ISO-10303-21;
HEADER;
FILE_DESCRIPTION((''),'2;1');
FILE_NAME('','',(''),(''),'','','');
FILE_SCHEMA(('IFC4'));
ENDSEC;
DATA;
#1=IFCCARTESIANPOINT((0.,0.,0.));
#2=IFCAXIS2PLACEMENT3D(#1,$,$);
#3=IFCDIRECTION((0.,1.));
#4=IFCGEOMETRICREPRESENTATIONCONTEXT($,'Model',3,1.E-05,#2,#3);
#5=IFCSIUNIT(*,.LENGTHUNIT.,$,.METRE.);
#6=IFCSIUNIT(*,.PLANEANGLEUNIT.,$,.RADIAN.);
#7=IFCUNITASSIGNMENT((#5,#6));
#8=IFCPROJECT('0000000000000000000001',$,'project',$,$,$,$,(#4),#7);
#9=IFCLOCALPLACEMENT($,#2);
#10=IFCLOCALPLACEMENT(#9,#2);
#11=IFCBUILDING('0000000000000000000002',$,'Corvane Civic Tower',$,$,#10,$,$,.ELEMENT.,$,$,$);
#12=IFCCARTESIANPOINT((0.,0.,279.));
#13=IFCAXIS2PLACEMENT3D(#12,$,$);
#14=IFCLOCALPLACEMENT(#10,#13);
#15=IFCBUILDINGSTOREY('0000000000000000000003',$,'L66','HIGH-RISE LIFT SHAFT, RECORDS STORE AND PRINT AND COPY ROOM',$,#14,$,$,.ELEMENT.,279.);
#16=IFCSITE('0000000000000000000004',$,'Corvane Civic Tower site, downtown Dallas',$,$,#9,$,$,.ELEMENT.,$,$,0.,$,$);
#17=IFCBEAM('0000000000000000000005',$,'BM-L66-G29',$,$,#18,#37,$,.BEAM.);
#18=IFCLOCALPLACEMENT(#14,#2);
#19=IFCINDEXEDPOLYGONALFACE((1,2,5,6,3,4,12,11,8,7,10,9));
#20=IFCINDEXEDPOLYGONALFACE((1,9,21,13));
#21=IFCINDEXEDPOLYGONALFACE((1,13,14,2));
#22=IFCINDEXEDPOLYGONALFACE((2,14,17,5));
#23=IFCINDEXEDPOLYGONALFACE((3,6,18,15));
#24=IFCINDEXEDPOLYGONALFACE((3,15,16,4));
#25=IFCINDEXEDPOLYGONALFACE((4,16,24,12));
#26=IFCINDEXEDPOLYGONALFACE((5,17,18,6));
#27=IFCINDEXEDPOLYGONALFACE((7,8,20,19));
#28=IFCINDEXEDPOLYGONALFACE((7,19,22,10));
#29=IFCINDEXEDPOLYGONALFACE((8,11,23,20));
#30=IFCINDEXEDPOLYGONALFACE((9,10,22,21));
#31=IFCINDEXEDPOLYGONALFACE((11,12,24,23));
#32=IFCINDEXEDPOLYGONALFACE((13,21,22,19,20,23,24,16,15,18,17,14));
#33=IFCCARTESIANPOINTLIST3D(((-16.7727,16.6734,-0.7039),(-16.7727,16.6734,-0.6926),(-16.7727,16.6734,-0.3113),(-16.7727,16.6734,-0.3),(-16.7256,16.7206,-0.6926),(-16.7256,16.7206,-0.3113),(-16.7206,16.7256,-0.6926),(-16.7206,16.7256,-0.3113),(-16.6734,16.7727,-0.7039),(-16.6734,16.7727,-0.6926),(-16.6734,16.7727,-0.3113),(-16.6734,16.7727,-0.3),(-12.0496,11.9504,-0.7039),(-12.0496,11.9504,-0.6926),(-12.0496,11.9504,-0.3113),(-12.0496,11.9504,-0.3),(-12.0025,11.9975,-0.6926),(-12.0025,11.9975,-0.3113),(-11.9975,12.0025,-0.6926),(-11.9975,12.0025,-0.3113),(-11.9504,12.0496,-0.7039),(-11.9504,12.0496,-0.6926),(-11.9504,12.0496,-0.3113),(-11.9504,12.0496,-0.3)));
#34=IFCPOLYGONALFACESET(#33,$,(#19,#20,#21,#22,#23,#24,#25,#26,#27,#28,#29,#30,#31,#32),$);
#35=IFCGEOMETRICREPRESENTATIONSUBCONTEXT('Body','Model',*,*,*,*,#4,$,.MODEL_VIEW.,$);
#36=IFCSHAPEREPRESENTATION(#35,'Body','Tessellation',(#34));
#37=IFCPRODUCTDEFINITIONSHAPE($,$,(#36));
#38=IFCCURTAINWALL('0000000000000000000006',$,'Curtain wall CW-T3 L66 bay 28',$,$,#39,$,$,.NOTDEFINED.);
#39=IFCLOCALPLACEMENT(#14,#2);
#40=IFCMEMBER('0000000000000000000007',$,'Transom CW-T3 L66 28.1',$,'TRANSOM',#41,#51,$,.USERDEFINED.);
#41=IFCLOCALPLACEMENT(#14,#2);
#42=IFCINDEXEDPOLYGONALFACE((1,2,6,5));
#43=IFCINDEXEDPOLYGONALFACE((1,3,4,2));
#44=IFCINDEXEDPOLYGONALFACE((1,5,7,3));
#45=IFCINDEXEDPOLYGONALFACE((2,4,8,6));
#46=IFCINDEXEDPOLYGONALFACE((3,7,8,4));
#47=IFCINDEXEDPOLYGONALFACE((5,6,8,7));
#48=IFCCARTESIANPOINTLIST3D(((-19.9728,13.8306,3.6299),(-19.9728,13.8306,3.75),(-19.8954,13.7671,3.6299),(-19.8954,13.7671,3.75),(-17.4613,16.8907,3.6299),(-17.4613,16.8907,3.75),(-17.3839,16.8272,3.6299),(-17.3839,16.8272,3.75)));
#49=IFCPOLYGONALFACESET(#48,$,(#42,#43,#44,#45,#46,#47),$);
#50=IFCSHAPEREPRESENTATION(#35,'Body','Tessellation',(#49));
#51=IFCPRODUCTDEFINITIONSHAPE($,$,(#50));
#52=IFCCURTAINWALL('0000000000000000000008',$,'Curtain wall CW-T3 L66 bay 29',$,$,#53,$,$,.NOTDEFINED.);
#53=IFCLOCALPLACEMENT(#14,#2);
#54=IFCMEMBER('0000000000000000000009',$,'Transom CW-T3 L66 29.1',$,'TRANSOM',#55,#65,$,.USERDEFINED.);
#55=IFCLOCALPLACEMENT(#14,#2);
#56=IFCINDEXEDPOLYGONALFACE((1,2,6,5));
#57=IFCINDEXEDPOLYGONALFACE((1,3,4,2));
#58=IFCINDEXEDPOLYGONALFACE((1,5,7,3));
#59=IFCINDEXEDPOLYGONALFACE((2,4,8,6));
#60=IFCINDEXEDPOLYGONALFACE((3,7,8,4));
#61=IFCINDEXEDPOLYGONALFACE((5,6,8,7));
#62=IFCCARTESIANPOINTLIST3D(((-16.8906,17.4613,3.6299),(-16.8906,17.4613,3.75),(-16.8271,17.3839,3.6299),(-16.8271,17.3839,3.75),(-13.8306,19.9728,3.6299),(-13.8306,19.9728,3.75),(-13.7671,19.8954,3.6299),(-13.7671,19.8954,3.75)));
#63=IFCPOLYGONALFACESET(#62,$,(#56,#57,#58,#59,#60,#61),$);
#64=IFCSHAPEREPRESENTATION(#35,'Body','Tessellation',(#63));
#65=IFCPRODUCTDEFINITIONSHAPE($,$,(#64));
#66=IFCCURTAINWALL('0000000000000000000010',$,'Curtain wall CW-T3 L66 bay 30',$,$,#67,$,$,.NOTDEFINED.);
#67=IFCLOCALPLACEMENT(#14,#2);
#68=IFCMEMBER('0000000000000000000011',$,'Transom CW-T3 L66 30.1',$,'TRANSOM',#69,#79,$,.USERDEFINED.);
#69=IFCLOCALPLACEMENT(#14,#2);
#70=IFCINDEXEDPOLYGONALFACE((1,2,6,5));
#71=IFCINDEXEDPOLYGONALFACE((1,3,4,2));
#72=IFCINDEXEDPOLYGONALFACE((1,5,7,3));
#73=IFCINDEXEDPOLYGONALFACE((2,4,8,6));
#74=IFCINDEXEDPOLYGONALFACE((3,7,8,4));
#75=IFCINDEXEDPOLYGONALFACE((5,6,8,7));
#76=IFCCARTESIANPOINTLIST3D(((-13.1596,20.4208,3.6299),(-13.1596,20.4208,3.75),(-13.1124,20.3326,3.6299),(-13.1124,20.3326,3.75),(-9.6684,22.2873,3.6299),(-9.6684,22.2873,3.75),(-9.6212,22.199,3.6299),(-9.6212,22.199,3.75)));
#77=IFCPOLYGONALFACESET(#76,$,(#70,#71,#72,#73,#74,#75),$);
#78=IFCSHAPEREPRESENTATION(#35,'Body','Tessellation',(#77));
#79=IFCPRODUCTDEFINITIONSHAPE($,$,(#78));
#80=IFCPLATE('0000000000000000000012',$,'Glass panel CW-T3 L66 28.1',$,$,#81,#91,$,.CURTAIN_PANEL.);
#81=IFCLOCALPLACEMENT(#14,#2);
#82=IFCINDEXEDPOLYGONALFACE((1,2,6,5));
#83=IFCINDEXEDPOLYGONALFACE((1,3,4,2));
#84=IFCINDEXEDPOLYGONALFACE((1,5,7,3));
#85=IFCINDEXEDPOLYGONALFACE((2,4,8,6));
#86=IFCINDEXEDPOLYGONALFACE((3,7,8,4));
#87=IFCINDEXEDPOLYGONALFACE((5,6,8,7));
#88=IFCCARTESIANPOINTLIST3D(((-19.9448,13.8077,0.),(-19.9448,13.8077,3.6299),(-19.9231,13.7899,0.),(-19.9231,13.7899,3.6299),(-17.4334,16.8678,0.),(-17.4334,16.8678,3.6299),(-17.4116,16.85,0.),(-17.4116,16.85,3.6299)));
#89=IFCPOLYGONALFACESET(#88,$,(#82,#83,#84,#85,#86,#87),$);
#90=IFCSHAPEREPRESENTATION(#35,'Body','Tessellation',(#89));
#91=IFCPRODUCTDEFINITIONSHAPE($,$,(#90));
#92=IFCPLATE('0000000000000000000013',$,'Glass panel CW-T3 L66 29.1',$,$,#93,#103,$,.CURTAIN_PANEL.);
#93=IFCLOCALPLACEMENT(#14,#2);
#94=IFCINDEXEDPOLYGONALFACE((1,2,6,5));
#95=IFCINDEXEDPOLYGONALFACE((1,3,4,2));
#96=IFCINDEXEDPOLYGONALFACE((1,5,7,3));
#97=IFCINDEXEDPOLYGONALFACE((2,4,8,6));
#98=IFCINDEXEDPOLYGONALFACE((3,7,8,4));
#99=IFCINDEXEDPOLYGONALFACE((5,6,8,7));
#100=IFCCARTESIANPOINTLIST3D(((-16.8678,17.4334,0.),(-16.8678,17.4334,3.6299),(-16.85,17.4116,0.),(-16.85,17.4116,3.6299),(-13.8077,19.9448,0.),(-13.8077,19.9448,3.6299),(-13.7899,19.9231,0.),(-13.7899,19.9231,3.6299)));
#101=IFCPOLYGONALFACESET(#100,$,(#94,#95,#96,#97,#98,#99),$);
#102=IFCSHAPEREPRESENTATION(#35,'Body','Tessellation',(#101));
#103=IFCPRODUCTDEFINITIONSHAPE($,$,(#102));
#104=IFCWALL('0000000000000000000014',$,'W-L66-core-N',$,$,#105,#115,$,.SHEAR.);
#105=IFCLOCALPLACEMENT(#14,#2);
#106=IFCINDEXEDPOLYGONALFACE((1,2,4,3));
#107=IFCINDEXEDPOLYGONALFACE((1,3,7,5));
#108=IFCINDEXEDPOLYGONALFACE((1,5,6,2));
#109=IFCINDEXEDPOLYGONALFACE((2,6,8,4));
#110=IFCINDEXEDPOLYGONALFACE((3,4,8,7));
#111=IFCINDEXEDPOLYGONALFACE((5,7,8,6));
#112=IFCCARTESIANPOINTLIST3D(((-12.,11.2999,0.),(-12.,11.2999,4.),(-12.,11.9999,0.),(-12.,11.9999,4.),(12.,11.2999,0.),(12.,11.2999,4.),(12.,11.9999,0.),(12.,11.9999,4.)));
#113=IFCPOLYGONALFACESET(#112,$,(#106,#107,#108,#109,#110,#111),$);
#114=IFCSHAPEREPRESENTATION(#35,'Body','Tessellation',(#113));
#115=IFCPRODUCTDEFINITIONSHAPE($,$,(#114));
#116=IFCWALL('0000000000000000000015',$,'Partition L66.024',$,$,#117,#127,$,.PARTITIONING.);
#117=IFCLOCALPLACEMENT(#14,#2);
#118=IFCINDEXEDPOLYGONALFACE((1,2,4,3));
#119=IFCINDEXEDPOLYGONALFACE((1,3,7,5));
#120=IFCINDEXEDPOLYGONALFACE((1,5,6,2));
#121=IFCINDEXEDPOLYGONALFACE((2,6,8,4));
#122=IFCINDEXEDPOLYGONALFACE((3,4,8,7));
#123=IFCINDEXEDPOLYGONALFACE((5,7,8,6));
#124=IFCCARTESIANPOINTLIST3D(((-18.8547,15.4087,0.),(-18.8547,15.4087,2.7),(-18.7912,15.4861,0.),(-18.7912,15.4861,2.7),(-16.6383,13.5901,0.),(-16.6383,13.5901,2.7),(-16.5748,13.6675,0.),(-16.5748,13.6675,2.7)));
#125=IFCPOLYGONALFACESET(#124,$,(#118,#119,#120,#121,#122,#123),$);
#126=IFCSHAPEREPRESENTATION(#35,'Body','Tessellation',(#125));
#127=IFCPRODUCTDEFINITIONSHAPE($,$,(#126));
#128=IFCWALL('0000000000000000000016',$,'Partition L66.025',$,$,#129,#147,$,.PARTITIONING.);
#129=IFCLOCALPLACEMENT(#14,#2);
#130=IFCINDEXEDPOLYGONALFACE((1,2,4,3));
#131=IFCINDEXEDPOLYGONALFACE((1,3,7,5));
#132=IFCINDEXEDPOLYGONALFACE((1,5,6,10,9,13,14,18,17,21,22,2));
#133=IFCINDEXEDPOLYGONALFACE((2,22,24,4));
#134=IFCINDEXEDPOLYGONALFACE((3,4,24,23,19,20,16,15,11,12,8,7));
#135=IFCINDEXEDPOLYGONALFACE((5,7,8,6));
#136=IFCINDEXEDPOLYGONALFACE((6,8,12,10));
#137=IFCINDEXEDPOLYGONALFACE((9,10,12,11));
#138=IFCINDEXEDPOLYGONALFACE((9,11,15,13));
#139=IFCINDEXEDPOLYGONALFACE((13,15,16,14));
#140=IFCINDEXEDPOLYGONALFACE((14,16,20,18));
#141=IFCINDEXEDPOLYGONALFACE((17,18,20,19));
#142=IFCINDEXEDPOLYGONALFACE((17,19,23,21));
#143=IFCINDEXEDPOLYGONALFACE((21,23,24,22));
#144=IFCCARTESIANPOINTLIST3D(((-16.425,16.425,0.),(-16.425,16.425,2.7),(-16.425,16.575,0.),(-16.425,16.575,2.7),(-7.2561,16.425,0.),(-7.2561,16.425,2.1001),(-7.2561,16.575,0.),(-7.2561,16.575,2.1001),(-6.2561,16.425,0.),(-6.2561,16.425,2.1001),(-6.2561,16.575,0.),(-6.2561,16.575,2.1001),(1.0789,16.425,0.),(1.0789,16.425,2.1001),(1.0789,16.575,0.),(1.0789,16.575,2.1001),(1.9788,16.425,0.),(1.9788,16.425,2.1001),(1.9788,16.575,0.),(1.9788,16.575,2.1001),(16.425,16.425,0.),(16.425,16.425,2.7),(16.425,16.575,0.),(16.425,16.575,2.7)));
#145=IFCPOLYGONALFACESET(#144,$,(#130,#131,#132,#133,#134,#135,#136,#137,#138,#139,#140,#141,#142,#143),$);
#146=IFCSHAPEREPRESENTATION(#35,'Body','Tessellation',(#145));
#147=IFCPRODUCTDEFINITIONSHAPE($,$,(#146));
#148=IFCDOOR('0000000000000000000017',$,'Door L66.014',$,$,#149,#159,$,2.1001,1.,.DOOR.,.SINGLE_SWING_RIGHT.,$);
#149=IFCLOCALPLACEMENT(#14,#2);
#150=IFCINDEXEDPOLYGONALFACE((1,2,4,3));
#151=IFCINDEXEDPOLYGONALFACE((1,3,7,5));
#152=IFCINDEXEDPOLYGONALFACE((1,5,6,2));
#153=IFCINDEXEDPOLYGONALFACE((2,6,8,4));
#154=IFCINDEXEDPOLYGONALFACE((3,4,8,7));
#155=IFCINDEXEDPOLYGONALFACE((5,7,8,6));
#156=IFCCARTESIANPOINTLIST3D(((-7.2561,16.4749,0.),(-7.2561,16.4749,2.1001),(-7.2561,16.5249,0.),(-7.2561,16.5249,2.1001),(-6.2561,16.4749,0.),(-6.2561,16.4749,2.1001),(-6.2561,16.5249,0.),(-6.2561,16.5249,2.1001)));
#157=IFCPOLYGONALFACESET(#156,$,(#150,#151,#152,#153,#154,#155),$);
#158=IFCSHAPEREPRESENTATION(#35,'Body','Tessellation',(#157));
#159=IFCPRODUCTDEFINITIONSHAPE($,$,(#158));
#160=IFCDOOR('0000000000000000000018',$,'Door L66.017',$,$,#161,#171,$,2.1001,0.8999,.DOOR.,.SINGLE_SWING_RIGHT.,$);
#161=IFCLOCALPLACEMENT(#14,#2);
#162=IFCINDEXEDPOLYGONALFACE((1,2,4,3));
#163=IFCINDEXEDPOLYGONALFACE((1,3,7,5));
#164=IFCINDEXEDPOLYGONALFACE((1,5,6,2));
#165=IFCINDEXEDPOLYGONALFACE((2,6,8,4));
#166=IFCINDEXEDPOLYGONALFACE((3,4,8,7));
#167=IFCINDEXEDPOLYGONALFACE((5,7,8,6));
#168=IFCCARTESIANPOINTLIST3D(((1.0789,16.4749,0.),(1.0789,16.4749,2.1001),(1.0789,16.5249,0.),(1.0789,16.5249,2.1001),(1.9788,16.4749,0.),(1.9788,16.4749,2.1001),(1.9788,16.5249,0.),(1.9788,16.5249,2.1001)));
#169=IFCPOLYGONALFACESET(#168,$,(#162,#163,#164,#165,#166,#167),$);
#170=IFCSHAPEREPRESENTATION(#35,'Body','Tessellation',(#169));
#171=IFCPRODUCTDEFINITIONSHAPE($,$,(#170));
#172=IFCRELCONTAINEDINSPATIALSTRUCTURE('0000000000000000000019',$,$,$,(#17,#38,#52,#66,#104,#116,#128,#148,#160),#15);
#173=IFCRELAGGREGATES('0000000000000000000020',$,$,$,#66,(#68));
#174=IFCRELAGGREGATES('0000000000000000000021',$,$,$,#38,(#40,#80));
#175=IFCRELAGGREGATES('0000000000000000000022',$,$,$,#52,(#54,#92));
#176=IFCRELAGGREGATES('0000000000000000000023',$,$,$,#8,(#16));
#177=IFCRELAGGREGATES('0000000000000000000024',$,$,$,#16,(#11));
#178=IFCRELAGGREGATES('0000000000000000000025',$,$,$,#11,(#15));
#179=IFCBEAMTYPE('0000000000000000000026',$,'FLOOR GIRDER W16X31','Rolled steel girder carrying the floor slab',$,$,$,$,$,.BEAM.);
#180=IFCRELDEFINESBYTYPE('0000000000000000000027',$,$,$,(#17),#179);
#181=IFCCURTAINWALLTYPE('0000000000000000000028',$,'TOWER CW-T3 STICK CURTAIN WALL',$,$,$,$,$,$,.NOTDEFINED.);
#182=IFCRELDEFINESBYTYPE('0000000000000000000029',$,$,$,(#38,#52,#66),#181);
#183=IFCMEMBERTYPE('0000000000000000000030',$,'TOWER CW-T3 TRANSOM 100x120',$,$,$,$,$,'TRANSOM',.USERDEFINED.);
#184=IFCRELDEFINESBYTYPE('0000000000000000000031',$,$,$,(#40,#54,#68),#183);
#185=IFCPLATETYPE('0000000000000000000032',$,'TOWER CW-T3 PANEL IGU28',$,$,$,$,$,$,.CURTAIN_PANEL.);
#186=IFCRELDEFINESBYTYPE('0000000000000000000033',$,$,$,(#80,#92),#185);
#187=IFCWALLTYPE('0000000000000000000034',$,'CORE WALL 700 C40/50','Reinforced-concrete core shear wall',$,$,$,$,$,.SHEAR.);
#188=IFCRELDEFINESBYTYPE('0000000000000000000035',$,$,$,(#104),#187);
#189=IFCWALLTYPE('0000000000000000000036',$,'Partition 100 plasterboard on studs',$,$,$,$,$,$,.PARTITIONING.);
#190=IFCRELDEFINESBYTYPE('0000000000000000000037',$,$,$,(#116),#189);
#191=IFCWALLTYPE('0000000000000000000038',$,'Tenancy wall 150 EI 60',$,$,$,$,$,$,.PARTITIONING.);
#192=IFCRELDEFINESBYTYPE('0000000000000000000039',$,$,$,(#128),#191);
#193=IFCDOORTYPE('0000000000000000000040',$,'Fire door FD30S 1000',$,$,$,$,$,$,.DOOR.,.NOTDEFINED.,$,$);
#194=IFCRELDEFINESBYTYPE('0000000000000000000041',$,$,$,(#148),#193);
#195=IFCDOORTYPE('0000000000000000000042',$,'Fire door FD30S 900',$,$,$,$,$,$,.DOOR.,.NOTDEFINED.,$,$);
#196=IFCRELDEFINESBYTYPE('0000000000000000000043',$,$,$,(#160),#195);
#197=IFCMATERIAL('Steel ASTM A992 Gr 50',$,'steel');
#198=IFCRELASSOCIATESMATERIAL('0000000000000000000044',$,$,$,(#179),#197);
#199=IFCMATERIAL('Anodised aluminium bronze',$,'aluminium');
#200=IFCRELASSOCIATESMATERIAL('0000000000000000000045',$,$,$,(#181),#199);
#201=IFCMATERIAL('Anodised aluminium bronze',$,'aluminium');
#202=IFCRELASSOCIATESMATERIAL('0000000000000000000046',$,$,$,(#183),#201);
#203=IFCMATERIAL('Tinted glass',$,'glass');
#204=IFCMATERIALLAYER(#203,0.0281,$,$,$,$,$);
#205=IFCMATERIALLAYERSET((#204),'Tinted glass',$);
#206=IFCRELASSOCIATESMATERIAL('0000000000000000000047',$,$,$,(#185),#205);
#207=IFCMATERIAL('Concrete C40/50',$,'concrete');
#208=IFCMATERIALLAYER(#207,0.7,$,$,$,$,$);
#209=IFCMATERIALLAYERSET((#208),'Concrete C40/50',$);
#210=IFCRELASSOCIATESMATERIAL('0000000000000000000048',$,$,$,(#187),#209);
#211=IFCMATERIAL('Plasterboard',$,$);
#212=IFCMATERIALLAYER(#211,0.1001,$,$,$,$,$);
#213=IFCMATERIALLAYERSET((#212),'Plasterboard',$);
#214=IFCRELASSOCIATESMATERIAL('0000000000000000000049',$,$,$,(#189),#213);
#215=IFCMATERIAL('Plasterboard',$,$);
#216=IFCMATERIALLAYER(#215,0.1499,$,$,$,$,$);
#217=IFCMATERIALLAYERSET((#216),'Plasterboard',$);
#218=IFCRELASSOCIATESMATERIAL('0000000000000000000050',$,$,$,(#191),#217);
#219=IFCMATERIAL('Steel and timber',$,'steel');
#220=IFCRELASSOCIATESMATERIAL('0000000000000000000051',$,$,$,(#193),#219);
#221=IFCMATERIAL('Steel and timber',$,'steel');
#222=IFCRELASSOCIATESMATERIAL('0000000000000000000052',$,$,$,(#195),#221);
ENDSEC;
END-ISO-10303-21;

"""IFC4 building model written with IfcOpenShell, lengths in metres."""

from ifc_helpers import new_model, si_unit, direction, frame, frame_2d, origin, origin_2d, place, context, subcontext, project, spatial, rectangle, i_section, extrude, material, layer, layer_set, material_profile, profile_set, type_object, element, fill, aggregate, save


model = new_model("IFC4")

# Units and contexts
model_context = context("Model", 3, precision=1e-05, world=origin(), true_north=direction((0.0, 1.0)))
body_context = subcontext(model_context, "Body", "Model", "MODEL_VIEW")
ifc_project = project(units=[si_unit("LENGTHUNIT", "METRE"), si_unit("PLANEANGLEUNIT", "RADIAN")], contexts=[model_context])

# Site, building, storey
site_placement = place(None, origin())
site = spatial("IfcSite", under=ifc_project, at=site_placement, Name="Corvane Civic Tower site, downtown Dallas", CompositionType="ELEMENT", RefElevation=0.0)
building_placement = place(site_placement, origin())
building = spatial("IfcBuilding", under=site, at=building_placement, Name="Corvane Civic Tower", CompositionType="ELEMENT")
storey_placement = place(building_placement, frame((0.0, 0.0, 279.0)))
storey = spatial("IfcBuildingStorey", under=building, at=storey_placement, Name="L66", Description="HIGH-RISE LIFT SHAFT, RECORDS STORE AND PRINT AND COPY ROOM", CompositionType="ELEMENT", Elevation=279.0)

# Beam
ifc_material_1 = material(Name="Steel ASTM A992 Gr 50", Category="steel")
ifc_material_profile_1 = material_profile(ifc_material_1, i_section(OverallWidth=0.1404, OverallDepth=0.4038, WebThickness=0.0071, FlangeThickness=0.0112, at=origin_2d()), Name="W16X31")
ifc_profile_set_1 = profile_set([ifc_material_profile_1], Name="Steel ASTM A992 Gr 50")
beam_type_1 = type_object("IfcBeamType", Name="FLOOR GIRDER W16X31", Description="Rolled steel girder carrying the floor slab", PredefinedType="BEAM", material=ifc_profile_set_1)
beam_1_placement = place(storey_placement, frame((-12.0, 12.0, -0.502), z_axis=(-0.707107, 0.707107, 0.0), x_axis=(-0.707107, -0.707107, 0.0)))
element("IfcBeam", 1, at=beam_1_placement, inside=storey, type_object=beam_type_1, Name="BM-L66-G29", PredefinedType="BEAM", context=body_context, shape_type="SweptSolid", body=[
    extrude(i_section(OverallWidth=0.1404, OverallDepth=0.4038, WebThickness=0.0071, FlangeThickness=0.0112, at=origin_2d()), origin(), (0.0, 0.0, 1.0), 6.6794),
])

# Curtain walls, members
ifc_material_2 = material(Name="Anodised aluminium bronze", Category="aluminium")
curtain_wall_type = type_object("IfcCurtainWallType", Name="TOWER CW-T3 STICK CURTAIN WALL", PredefinedType="NOTDEFINED", material=ifc_material_2)
curtain_wall_1_placement = place(storey_placement, origin())
curtain_wall_1 = element("IfcCurtainWall", 2, at=curtain_wall_1_placement, inside=storey, type_object=curtain_wall_type, Name="Curtain wall CW-T3 L66 bay 28", PredefinedType="NOTDEFINED")
ifc_material_3 = material(Name="Anodised aluminium bronze", Category="aluminium")
ifc_material_profile_2 = material_profile(ifc_material_3, rectangle(XDim=0.1001, YDim=0.1201, at=origin_2d()), Name="TOWER CW-T3 TRANSOM 100x120")
ifc_profile_set_2 = profile_set([ifc_material_profile_2], Name="Anodised aluminium bronze")
member_type = type_object("IfcMemberType", Name="TOWER CW-T3 TRANSOM 100x120", ElementType="TRANSOM", PredefinedType="USERDEFINED", material=ifc_profile_set_2)
member_1_placement = place(storey_placement, frame((-19.9341, 13.7988, 3.6899), z_axis=(0.634416, 0.772992, 0.0), x_axis=(-0.772992, 0.634416, 0.0)))
member_1 = element("IfcMember", 3, at=member_1_placement, type_object=member_type, Name="Transom CW-T3 L66 28.1", ObjectType="TRANSOM", PredefinedType="USERDEFINED", context=body_context, shape_type="SweptSolid", body=[
    extrude(rectangle(XDim=0.1001, YDim=0.1201, at=origin_2d()), origin(), (0.0, 0.0, 1.0), 3.9587),
])
curtain_wall_2_placement = place(storey_placement, origin())
curtain_wall_2 = element("IfcCurtainWall", 4, at=curtain_wall_2_placement, inside=storey, type_object=curtain_wall_type, Name="Curtain wall CW-T3 L66 bay 29", PredefinedType="NOTDEFINED")
member_2_placement = place(storey_placement, frame((-16.8589, 17.4226, 3.6899), z_axis=(0.772992, 0.634416, 0.0), x_axis=(-0.634416, 0.772992, 0.0)))
member_2 = element("IfcMember", 5, at=member_2_placement, type_object=member_type, Name="Transom CW-T3 L66 29.1", ObjectType="TRANSOM", PredefinedType="USERDEFINED", context=body_context, shape_type="SweptSolid", body=[
    extrude(rectangle(XDim=0.1001, YDim=0.1201, at=origin_2d()), origin(), (0.0, 0.0, 1.0), 3.9587),
])
curtain_wall_3_placement = place(storey_placement, origin())
curtain_wall_3 = element("IfcCurtainWall", 6, at=curtain_wall_3_placement, inside=storey, type_object=curtain_wall_type, Name="Curtain wall CW-T3 L66 bay 30", PredefinedType="NOTDEFINED")
member_3_placement = place(storey_placement, frame((-13.136, 20.3767, 3.6899), z_axis=(0.881883, 0.471468, 0.0), x_axis=(-0.471468, 0.881883, 0.0)))
member_3 = element("IfcMember", 7, at=member_3_placement, type_object=member_type, Name="Transom CW-T3 L66 30.1", ObjectType="TRANSOM", PredefinedType="USERDEFINED", context=body_context, shape_type="SweptSolid", body=[
    extrude(rectangle(XDim=0.1001, YDim=0.1201, at=origin_2d()), origin(), (0.0, 0.0, 1.0), 3.9587),
])
aggregate(curtain_wall_3, [member_3])

# Plates
ifc_material_4 = material(Name="Tinted glass", Category="glass")
ifc_layer_1 = layer(ifc_material_4, 0.0281)
ifc_layer_set_1 = layer_set([ifc_layer_1], Name="Tinted glass")
plate_type = type_object("IfcPlateType", Name="TOWER CW-T3 PANEL IGU28", PredefinedType="CURTAIN_PANEL", material=ifc_layer_set_1)
plate_1_placement = place(storey_placement, frame((-18.6782, 15.3289, 0.0), z_axis=(0.0, 0.0, 1.0), x_axis=(0.634405, 0.773001, 0.0)))
plate_1 = element("IfcPlate", 8, at=plate_1_placement, type_object=plate_type, Name="Glass panel CW-T3 L66 28.1", PredefinedType="CURTAIN_PANEL", context=body_context, shape_type="SweptSolid", body=[
    extrude(rectangle(XDim=3.9587, YDim=0.0281, at=origin_2d()), origin(), (0.0, 0.0, 1.0), 3.6299),
])
aggregate(curtain_wall_1, [member_1, plate_1])
plate_2_placement = place(storey_placement, frame((-15.3289, 18.6782, 0.0), z_axis=(0.0, 0.0, 1.0), x_axis=(0.773001, 0.634405, 0.0)))
plate_2 = element("IfcPlate", 9, at=plate_2_placement, type_object=plate_type, Name="Glass panel CW-T3 L66 29.1", PredefinedType="CURTAIN_PANEL", context=body_context, shape_type="SweptSolid", body=[
    extrude(rectangle(XDim=3.9587, YDim=0.0281, at=origin_2d()), origin(), (0.0, 0.0, 1.0), 3.6299),
])
aggregate(curtain_wall_2, [member_2, plate_2])

# Walls
ifc_material_5 = material(Name="Concrete C40/50", Category="concrete")
ifc_layer_2 = layer(ifc_material_5, 0.7)
ifc_layer_set_2 = layer_set([ifc_layer_2], Name="Concrete C40/50")
wall_type_1 = type_object("IfcWallType", Name="CORE WALL 700 C40/50", Description="Reinforced-concrete core shear wall", PredefinedType="SHEAR", material=ifc_layer_set_2)
wall_1_placement = place(storey_placement, frame((-12.0, 11.6499, 0.0), z_axis=(0.0, 0.0, 1.0), x_axis=(1.0, 0.0, 0.0)))
element("IfcWall", 10, at=wall_1_placement, inside=storey, type_object=wall_type_1, Name="W-L66-core-N", PredefinedType="SHEAR", context=body_context, shape_type="SweptSolid", body=[
    extrude(rectangle(XDim=24.0, YDim=0.7, at=frame_2d((12.0, 0.0))), origin(), (0.0, 0.0, 1.0), 4.0),
])
ifc_material_6 = material(Name="Plasterboard")
ifc_layer_3 = layer(ifc_material_6, 0.1001)
ifc_layer_set_3 = layer_set([ifc_layer_3], Name="Plasterboard")
wall_type_2 = type_object("IfcWallType", Name="Partition 100 plasterboard on studs", PredefinedType="PARTITIONING", material=ifc_layer_set_3)
wall_2_placement = place(storey_placement, frame((-18.823, 15.4475, 0.0), z_axis=(0.0, 0.0, 1.0), x_axis=(0.773057, -0.634336, 0.0)))
element("IfcWall", 11, at=wall_2_placement, inside=storey, type_object=wall_type_2, Name="Partition L66.024", PredefinedType="PARTITIONING", context=body_context, shape_type="SweptSolid", body=[
    extrude(rectangle(XDim=2.8669, YDim=0.1001, at=frame_2d((1.4336, 0.0))), origin(), (0.0, 0.0, 1.0), 2.7),
])

# Wall, openings, doors
ifc_material_7 = material(Name="Plasterboard")
ifc_layer_4 = layer(ifc_material_7, 0.1499)
ifc_layer_set_4 = layer_set([ifc_layer_4], Name="Plasterboard")
wall_type_3 = type_object("IfcWallType", Name="Tenancy wall 150 EI 60", PredefinedType="PARTITIONING", material=ifc_layer_set_4)
wall_3_placement = place(storey_placement, frame((-16.425, 16.5, 0.0), z_axis=(0.0, 0.0, 1.0), x_axis=(1.0, 0.0, 0.0)))
wall_3 = element("IfcWall", 12, at=wall_3_placement, inside=storey, type_object=wall_type_3, Name="Partition L66.025", PredefinedType="PARTITIONING", context=body_context, shape_type="SweptSolid", body=[
    extrude(rectangle(XDim=32.8501, YDim=0.1499, at=frame_2d((16.425, 0.0))), origin(), (0.0, 0.0, 1.0), 2.7),
])
opening_1_placement = place(wall_3_placement, frame((9.1689, 0.0, 0.0)))
opening_1 = element("IfcOpeningElement", 13, at=opening_1_placement, cuts=wall_3, PredefinedType="OPENING", context=body_context, shape_type="SweptSolid", body=[
    extrude(rectangle(XDim=1.0, YDim=2.1001, at=frame_2d((0.5, 1.05))), frame((0.0, 0.085, 0.0), z_axis=(0.0, -1.0, 0.0), x_axis=(1.0, 0.0, 0.0)), (0.0, 0.0, 1.0), 0.1699),
])
opening_2_placement = place(wall_3_placement, frame((17.5039, 0.0, 0.0)))
opening_2 = element("IfcOpeningElement", 14, at=opening_2_placement, cuts=wall_3, PredefinedType="OPENING", context=body_context, shape_type="SweptSolid", body=[
    extrude(rectangle(XDim=0.8999, YDim=2.1001, at=frame_2d((0.45, 1.05))), frame((0.0, 0.085, 0.0), z_axis=(0.0, -1.0, 0.0), x_axis=(1.0, 0.0, 0.0)), (0.0, 0.0, 1.0), 0.1699),
])
ifc_material_8 = material(Name="Steel and timber", Category="steel")
door_type_1 = type_object("IfcDoorType", Name="Fire door FD30S 1000", OperationType="NOTDEFINED", PredefinedType="DOOR", material=ifc_material_8)
door_1_placement = place(opening_1_placement, origin())
door_1 = element("IfcDoor", 15, at=door_1_placement, inside=storey, type_object=door_type_1, Name="Door L66.014", OperationType="SINGLE_SWING_RIGHT", OverallHeight=2.1001, OverallWidth=1.0, PredefinedType="DOOR", context=body_context, shape_type="SweptSolid", body=[
    extrude(rectangle(XDim=1.0, YDim=2.1001, at=frame_2d((0.5, 1.05))), frame((0.0, 0.0249, 0.0), z_axis=(0.0, -1.0, 0.0), x_axis=(1.0, 0.0, 0.0)), (0.0, 0.0, 1.0), 0.05),
])
fill(opening_1, door_1)
ifc_material_9 = material(Name="Steel and timber", Category="steel")
door_type_2 = type_object("IfcDoorType", Name="Fire door FD30S 900", OperationType="NOTDEFINED", PredefinedType="DOOR", material=ifc_material_9)
door_2_placement = place(opening_2_placement, origin())
door_2 = element("IfcDoor", 16, at=door_2_placement, inside=storey, type_object=door_type_2, Name="Door L66.017", OperationType="SINGLE_SWING_RIGHT", OverallHeight=2.1001, OverallWidth=0.8999, PredefinedType="DOOR", context=body_context, shape_type="SweptSolid", body=[
    extrude(rectangle(XDim=0.8999, YDim=2.1001, at=frame_2d((0.45, 1.05))), frame((0.0, 0.0249, 0.0), z_axis=(0.0, -1.0, 0.0), x_axis=(1.0, 0.0, 0.0)), (0.0, 0.0, 1.0), 0.05),
])
fill(opening_2, door_2)

save(model, "model.ifc")
